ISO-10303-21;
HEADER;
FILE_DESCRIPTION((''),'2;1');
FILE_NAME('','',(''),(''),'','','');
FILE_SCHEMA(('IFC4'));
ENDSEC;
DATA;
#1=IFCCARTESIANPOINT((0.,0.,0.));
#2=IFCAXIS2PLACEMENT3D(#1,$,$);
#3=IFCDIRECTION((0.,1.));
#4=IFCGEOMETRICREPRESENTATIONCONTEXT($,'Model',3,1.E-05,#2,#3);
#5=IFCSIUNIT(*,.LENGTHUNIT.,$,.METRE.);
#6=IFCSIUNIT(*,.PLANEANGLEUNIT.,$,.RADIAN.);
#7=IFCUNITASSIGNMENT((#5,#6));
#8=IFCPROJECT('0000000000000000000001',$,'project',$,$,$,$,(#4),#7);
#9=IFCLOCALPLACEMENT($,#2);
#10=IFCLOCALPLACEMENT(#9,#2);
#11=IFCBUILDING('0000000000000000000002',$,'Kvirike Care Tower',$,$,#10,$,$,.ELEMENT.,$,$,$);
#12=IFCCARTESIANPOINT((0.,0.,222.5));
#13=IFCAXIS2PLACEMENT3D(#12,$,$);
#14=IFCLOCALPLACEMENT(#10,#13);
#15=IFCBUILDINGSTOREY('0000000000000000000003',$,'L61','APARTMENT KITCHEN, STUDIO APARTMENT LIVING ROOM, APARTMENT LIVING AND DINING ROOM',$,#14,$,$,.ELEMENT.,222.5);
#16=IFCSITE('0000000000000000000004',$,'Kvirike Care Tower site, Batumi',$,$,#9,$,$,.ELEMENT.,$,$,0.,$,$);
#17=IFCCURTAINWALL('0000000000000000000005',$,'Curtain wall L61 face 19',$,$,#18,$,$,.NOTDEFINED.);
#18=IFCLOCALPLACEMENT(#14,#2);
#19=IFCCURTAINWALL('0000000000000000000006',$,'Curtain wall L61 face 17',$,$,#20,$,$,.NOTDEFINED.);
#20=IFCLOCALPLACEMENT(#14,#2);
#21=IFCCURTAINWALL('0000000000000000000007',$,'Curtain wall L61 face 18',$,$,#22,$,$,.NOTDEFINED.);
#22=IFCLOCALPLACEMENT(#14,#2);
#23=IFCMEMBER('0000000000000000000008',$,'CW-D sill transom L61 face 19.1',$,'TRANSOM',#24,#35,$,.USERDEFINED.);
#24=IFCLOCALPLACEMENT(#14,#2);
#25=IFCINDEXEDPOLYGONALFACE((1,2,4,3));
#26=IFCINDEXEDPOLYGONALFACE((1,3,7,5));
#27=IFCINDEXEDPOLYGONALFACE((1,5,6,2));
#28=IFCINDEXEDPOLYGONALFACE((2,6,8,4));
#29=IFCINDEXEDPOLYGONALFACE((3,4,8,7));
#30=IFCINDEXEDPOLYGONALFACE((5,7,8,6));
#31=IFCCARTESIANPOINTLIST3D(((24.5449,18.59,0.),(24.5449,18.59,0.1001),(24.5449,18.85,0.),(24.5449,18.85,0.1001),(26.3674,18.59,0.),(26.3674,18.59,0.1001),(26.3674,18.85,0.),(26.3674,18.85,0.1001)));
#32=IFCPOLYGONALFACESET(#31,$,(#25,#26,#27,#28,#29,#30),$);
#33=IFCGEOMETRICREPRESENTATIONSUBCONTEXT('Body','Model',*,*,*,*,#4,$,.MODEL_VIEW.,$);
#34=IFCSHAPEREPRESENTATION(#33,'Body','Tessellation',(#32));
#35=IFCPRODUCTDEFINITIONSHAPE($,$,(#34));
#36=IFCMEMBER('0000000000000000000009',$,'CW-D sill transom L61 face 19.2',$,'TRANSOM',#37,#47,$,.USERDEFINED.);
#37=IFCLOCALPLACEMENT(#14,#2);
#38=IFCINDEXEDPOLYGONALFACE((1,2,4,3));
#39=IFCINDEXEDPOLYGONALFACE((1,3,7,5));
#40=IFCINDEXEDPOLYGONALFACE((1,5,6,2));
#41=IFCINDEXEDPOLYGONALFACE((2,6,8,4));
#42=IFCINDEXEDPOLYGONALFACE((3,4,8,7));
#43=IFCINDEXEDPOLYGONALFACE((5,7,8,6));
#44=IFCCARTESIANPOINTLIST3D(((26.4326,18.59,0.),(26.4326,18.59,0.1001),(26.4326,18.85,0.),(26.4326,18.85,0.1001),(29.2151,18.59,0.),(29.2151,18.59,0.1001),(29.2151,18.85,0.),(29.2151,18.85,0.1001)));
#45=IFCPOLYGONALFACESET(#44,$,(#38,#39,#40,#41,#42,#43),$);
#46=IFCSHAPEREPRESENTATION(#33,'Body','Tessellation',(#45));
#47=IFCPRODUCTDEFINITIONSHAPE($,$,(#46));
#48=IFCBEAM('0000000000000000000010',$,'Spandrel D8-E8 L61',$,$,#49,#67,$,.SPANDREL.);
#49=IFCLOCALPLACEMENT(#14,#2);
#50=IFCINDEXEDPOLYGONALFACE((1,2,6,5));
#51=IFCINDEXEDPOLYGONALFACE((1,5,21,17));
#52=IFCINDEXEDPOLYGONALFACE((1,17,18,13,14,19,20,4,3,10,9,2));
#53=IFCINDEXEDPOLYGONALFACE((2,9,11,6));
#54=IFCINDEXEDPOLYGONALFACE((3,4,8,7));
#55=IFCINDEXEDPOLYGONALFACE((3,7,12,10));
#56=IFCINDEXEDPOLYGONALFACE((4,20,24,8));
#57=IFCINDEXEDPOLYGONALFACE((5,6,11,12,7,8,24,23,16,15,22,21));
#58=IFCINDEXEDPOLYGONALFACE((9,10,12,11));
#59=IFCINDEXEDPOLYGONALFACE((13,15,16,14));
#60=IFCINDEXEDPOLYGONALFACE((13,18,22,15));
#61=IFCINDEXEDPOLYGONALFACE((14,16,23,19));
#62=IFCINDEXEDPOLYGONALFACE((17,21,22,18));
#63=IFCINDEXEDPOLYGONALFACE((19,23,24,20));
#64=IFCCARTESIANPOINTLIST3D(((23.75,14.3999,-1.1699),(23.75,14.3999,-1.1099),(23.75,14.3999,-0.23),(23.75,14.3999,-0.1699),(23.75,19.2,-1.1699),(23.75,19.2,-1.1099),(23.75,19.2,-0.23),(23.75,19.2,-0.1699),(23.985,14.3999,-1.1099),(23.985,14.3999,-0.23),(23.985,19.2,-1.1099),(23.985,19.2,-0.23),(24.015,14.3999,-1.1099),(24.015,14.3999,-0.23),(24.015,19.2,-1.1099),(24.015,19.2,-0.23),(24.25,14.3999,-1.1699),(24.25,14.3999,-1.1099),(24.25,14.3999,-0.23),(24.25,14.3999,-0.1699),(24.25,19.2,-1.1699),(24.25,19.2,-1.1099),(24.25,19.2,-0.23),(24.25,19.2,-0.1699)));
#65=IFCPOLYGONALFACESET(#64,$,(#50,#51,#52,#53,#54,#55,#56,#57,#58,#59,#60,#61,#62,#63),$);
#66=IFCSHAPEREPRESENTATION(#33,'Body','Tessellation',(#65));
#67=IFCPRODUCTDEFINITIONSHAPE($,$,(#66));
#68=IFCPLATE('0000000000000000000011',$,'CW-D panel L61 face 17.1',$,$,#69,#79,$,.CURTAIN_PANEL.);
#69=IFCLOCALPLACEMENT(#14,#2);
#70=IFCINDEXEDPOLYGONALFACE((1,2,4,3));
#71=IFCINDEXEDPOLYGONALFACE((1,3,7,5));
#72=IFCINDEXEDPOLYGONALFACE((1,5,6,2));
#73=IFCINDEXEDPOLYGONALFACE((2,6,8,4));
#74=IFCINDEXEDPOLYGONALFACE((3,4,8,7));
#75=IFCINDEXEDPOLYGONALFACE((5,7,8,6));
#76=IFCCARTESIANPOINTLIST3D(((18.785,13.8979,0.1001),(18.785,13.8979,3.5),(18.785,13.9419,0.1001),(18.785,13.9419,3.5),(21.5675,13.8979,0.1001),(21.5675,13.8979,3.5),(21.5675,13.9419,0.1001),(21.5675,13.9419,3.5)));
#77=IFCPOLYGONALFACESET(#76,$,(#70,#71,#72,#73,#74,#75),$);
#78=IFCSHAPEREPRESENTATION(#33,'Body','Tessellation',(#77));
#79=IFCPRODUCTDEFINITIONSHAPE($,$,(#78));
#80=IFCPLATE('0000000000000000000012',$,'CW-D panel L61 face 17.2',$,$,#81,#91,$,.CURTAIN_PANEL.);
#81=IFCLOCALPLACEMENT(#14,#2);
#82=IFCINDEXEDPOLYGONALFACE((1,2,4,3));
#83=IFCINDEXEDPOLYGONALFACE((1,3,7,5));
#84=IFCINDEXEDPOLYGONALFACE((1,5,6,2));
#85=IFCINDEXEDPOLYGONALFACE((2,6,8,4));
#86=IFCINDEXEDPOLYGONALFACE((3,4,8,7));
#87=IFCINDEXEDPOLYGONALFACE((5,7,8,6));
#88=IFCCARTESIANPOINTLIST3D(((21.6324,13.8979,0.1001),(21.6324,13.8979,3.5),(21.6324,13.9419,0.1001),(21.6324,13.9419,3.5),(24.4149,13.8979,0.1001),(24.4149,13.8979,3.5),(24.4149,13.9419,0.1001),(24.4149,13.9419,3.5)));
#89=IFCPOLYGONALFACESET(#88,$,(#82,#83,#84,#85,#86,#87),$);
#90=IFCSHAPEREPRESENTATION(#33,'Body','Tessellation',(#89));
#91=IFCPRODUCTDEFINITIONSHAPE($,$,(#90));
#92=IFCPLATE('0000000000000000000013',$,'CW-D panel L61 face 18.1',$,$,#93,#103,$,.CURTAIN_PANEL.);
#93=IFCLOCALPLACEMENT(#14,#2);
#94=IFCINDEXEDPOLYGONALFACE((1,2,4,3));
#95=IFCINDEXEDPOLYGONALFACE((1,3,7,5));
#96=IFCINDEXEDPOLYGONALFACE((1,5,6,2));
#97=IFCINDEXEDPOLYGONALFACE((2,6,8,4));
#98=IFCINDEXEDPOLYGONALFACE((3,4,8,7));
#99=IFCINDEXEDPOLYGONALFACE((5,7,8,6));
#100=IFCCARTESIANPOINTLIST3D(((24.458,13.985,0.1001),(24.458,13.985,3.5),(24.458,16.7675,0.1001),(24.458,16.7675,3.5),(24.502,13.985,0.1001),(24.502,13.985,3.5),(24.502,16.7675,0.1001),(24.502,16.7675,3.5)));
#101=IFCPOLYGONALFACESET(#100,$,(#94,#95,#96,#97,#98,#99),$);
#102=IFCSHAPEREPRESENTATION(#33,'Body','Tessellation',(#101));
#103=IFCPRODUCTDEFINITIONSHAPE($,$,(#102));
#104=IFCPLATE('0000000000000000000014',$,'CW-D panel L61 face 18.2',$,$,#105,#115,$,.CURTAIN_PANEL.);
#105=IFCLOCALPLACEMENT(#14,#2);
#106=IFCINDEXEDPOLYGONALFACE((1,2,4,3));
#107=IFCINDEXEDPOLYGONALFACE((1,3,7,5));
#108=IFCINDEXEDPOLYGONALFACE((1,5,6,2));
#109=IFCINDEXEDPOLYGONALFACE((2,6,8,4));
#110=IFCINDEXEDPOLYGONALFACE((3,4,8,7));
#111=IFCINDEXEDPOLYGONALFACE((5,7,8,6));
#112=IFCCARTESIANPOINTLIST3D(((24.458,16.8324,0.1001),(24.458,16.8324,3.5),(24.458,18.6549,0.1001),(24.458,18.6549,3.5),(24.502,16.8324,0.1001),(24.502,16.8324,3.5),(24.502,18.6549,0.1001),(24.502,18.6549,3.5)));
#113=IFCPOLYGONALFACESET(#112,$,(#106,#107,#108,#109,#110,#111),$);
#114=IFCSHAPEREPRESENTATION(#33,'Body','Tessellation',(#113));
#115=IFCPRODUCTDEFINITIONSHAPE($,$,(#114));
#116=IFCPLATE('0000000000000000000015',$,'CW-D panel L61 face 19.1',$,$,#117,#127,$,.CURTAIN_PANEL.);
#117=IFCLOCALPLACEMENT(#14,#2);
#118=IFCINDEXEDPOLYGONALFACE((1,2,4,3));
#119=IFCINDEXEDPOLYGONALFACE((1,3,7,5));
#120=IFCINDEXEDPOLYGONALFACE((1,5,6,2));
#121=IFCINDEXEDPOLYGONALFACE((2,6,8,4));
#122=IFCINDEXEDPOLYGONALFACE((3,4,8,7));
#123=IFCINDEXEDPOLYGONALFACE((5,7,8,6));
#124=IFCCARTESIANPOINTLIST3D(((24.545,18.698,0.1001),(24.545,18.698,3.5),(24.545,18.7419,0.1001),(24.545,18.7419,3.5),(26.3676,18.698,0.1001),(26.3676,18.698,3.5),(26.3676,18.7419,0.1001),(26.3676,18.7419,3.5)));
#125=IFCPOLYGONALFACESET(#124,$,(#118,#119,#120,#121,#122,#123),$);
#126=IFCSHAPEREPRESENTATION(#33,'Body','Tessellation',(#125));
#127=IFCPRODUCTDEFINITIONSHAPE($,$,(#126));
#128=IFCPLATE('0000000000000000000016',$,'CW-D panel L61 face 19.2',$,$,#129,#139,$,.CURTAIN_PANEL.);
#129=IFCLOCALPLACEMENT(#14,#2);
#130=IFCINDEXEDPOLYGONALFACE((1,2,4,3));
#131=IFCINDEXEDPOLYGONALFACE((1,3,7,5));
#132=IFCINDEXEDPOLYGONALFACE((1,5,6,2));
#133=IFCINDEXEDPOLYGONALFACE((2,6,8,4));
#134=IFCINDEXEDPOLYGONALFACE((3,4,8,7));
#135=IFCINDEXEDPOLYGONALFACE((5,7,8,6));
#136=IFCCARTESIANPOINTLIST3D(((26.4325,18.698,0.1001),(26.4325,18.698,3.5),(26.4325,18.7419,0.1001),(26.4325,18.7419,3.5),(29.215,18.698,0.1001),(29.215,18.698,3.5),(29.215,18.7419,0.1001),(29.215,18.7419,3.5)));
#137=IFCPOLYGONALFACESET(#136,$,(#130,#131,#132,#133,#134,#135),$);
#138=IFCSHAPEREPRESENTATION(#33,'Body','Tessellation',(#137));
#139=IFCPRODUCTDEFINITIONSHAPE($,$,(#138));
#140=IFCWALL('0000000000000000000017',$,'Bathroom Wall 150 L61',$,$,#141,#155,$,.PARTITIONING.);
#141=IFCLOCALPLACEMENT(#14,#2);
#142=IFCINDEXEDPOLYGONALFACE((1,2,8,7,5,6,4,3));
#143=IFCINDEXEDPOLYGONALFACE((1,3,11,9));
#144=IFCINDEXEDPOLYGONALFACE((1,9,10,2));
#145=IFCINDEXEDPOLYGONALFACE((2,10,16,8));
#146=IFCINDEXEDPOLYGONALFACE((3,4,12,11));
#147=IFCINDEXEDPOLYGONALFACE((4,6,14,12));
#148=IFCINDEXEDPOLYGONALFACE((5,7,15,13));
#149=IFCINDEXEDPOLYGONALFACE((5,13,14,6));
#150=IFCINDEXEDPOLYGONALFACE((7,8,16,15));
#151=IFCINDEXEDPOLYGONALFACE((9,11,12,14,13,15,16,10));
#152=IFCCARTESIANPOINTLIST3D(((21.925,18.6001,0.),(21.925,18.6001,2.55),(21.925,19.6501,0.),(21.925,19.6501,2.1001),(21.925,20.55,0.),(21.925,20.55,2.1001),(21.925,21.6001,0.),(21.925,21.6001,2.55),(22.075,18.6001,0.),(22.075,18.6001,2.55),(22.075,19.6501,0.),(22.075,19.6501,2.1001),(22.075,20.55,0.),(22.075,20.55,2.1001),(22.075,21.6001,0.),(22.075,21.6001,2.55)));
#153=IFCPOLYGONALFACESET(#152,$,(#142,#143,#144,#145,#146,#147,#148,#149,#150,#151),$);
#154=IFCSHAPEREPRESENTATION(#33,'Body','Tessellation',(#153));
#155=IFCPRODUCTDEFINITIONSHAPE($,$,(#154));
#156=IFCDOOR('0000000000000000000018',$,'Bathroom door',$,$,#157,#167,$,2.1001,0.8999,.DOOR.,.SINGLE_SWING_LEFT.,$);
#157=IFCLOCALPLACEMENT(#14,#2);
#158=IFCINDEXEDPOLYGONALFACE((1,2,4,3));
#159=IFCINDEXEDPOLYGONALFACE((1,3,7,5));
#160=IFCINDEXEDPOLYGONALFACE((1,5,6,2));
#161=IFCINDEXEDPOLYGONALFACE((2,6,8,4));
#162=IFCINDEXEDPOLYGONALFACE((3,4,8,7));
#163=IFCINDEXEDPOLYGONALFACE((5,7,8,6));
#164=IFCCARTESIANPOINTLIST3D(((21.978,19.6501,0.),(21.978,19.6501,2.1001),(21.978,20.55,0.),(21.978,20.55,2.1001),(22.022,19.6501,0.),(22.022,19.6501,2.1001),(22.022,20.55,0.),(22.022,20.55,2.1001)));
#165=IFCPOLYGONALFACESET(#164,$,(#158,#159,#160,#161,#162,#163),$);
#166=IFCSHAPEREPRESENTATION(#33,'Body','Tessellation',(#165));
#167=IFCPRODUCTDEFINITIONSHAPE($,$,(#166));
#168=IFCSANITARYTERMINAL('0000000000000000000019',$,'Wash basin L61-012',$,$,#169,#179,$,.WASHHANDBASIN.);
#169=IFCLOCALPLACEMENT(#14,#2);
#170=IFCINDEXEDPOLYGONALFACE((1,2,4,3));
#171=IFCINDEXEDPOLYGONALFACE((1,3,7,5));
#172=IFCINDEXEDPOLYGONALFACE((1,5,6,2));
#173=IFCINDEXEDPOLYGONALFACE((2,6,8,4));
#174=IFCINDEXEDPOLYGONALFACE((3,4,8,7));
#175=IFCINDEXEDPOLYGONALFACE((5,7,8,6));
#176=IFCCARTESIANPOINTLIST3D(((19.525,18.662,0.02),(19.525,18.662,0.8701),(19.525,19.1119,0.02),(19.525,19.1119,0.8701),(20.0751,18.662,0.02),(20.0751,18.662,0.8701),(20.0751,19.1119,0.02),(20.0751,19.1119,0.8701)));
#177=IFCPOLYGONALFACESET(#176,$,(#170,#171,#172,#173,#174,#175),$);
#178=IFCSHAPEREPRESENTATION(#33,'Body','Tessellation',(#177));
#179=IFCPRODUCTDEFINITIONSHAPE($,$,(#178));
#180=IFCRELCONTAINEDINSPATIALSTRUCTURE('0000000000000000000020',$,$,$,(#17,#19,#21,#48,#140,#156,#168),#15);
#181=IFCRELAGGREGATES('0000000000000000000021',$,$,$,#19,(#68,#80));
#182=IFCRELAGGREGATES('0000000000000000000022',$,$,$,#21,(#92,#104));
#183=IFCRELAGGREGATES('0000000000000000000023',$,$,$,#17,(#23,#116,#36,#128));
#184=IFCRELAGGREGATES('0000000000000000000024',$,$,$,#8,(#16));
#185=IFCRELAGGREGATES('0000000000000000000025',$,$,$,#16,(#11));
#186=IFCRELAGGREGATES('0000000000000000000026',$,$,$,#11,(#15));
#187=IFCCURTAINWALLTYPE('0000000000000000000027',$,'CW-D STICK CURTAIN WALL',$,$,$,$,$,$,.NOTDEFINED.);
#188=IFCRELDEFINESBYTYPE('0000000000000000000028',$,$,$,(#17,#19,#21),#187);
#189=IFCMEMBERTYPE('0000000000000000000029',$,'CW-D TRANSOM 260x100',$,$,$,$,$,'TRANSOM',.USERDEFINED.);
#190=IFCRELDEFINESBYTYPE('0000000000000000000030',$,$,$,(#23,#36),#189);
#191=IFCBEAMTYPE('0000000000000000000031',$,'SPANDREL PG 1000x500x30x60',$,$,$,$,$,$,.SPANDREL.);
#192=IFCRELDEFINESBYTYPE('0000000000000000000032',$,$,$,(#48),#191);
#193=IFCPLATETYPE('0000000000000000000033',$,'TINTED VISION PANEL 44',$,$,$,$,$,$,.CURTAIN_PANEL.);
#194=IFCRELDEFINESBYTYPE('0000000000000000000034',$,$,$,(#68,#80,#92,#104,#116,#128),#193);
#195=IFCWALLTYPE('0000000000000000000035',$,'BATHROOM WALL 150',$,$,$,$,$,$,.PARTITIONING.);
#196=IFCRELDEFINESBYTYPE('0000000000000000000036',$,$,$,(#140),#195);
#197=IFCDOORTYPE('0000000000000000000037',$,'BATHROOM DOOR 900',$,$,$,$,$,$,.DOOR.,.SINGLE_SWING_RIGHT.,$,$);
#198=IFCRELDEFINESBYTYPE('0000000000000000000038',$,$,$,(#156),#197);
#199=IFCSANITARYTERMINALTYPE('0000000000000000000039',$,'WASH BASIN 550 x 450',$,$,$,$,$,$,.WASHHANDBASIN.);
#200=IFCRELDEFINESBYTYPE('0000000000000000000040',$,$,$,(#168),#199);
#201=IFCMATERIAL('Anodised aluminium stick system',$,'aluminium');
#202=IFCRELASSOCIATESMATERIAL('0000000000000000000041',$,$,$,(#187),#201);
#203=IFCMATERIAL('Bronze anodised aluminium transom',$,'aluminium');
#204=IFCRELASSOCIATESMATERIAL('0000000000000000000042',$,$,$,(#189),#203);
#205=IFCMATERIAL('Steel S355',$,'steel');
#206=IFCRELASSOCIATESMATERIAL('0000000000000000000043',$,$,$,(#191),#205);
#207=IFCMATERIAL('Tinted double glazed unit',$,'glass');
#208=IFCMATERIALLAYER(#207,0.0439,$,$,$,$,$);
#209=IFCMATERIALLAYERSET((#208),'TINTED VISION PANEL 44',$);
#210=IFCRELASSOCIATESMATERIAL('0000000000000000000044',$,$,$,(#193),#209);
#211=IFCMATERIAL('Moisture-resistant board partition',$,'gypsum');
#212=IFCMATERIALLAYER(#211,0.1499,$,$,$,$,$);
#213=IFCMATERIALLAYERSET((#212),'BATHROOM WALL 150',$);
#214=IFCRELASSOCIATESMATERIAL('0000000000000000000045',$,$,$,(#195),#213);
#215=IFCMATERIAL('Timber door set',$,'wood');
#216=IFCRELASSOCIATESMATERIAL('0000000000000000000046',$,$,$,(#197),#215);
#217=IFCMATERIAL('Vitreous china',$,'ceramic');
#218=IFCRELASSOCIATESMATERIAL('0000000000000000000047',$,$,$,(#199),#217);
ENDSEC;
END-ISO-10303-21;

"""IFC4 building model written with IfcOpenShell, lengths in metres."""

from ifc_helpers import new_model, si_unit, direction, frame, frame_2d, origin, origin_2d, place, context, subcontext, project, spatial, rectangle, i_section, extrude, material, layer, layer_set, material_profile, profile_set, type_object, element, fill, aggregate, save


model = new_model("IFC4")

# Units and contexts
model_context = context("Model", 3, precision=1e-05, world=origin(), true_north=direction((0.0, 1.0)))
body_context = subcontext(model_context, "Body", "Model", "MODEL_VIEW")
ifc_project = project(units=[si_unit("LENGTHUNIT", "METRE"), si_unit("PLANEANGLEUNIT", "RADIAN")], contexts=[model_context])

# Site, building, storey
site_placement = place(None, origin())
site = spatial("IfcSite", under=ifc_project, at=site_placement, Name="Kvirike Care Tower site, Batumi", CompositionType="ELEMENT", RefElevation=0.0)
building_placement = place(site_placement, origin())
building = spatial("IfcBuilding", under=site, at=building_placement, Name="Kvirike Care Tower", CompositionType="ELEMENT")
storey_placement = place(building_placement, frame((0.0, 0.0, 222.5)))
storey = spatial("IfcBuildingStorey", under=building, at=storey_placement, Name="L61", Description="APARTMENT KITCHEN, STUDIO APARTMENT LIVING ROOM, APARTMENT LIVING AND DINING ROOM", CompositionType="ELEMENT", Elevation=222.5)

# Curtain wall
ifc_material_1 = material(Name="Anodised aluminium stick system", Category="aluminium")
curtain_wall_type = type_object("IfcCurtainWallType", Name="CW-D STICK CURTAIN WALL", PredefinedType="NOTDEFINED", material=ifc_material_1)
curtain_wall_1_placement = place(storey_placement, origin())
curtain_wall_1 = element("IfcCurtainWall", 1, at=curtain_wall_1_placement, inside=storey, type_object=curtain_wall_type, Name="Curtain wall L61 face 19", PredefinedType="NOTDEFINED")

# Curtain walls
curtain_wall_2_placement = place(storey_placement, origin())
curtain_wall_2 = element("IfcCurtainWall", 2, at=curtain_wall_2_placement, inside=storey, type_object=curtain_wall_type, Name="Curtain wall L61 face 17", PredefinedType="NOTDEFINED")
curtain_wall_3_placement = place(storey_placement, origin())
curtain_wall_3 = element("IfcCurtainWall", 3, at=curtain_wall_3_placement, inside=storey, type_object=curtain_wall_type, Name="Curtain wall L61 face 18", PredefinedType="NOTDEFINED")

# Members
ifc_material_2 = material(Name="Bronze anodised aluminium transom", Category="aluminium")
ifc_material_profile_1 = material_profile(ifc_material_2, rectangle(XDim=0.26, YDim=0.1001, at=origin_2d()), Name="CW-D TRANSOM 260x100")
ifc_profile_set_1 = profile_set([ifc_material_profile_1], Name="Bronze anodised aluminium transom")
member_type_1 = type_object("IfcMemberType", Name="CW-D TRANSOM 260x100", ElementType="TRANSOM", PredefinedType="USERDEFINED", material=ifc_profile_set_1)
member_1_placement = place(storey_placement, frame((24.5449, 18.72, 0.05), z_axis=(1.0, 0.0, 0.0), x_axis=(0.0, 1.0, 0.0)))
member_1 = element("IfcMember", 4, at=member_1_placement, type_object=member_type_1, Name="CW-D sill transom L61 face 19.1", ObjectType="TRANSOM", PredefinedType="USERDEFINED", context=body_context, shape_type="SweptSolid", body=[
    extrude(rectangle(XDim=0.26, YDim=0.1001, at=origin_2d()), origin(), (0.0, 0.0, 1.0), 1.8225),
])
member_2_placement = place(storey_placement, frame((26.4326, 18.72, 0.05), z_axis=(1.0, 0.0, 0.0), x_axis=(0.0, 1.0, 0.0)))
member_2 = element("IfcMember", 5, at=member_2_placement, type_object=member_type_1, Name="CW-D sill transom L61 face 19.2", ObjectType="TRANSOM", PredefinedType="USERDEFINED", context=body_context, shape_type="SweptSolid", body=[
    extrude(rectangle(XDim=0.26, YDim=0.1001, at=origin_2d()), origin(), (0.0, 0.0, 1.0), 2.7825),
])

# Beam
ifc_material_3 = material(Name="Steel S355", Category="steel")
ifc_material_profile_2 = material_profile(ifc_material_3, i_section(OverallWidth=0.5, OverallDepth=1.0, WebThickness=0.03, FlangeThickness=0.0601, at=origin_2d()), Name="PG 1000x500x30x60")
ifc_profile_set_2 = profile_set([ifc_material_profile_2], Name="Steel S355")
beam_type = type_object("IfcBeamType", Name="SPANDREL PG 1000x500x30x60", PredefinedType="SPANDREL", material=ifc_profile_set_2)
beam_placement = place(storey_placement, frame((24.0, 14.3999, -0.6699), z_axis=(0.0, 1.0, 0.0), x_axis=(-1.0, 0.0, 0.0)))
element("IfcBeam", 6, at=beam_placement, inside=storey, type_object=beam_type, Name="Spandrel D8-E8 L61", PredefinedType="SPANDREL", context=body_context, shape_type="SweptSolid", body=[
    extrude(i_section(OverallWidth=0.5, OverallDepth=1.0, WebThickness=0.03, FlangeThickness=0.0601, at=origin_2d()), origin(), (0.0, 0.0, 1.0), 4.8),
])

# Plates
ifc_material_4 = material(Name="Tinted double glazed unit", Category="glass")
ifc_layer_1 = layer(ifc_material_4, 0.0439)
ifc_layer_set_1 = layer_set([ifc_layer_1], Name="TINTED VISION PANEL 44")
plate_type = type_object("IfcPlateType", Name="TINTED VISION PANEL 44", PredefinedType="CURTAIN_PANEL", material=ifc_layer_set_1)
plate_1_placement = place(storey_placement, frame((20.1763, 13.9199, 0.1001), z_axis=(0.0, 0.0, 1.0), x_axis=(1.0, 0.0, 0.0)))
plate_1 = element("IfcPlate", 7, at=plate_1_placement, type_object=plate_type, Name="CW-D panel L61 face 17.1", PredefinedType="CURTAIN_PANEL", context=body_context, shape_type="SweptSolid", body=[
    extrude(rectangle(XDim=2.7825, YDim=0.0439, at=origin_2d()), origin(), (0.0, 0.0, 1.0), 3.3999),
])
plate_2_placement = place(storey_placement, frame((23.0237, 13.9199, 0.1001), z_axis=(0.0, 0.0, 1.0), x_axis=(1.0, 0.0, 0.0)))
plate_2 = element("IfcPlate", 8, at=plate_2_placement, type_object=plate_type, Name="CW-D panel L61 face 17.2", PredefinedType="CURTAIN_PANEL", context=body_context, shape_type="SweptSolid", body=[
    extrude(rectangle(XDim=2.7825, YDim=0.0439, at=origin_2d()), origin(), (0.0, 0.0, 1.0), 3.3999),
])
aggregate(curtain_wall_2, [plate_1, plate_2])
plate_3_placement = place(storey_placement, frame((24.48, 15.3762, 0.1001), z_axis=(0.0, 0.0, 1.0), x_axis=(0.0, 1.0, 0.0)))
plate_3 = element("IfcPlate", 9, at=plate_3_placement, type_object=plate_type, Name="CW-D panel L61 face 18.1", PredefinedType="CURTAIN_PANEL", context=body_context, shape_type="SweptSolid", body=[
    extrude(rectangle(XDim=2.7825, YDim=0.0439, at=origin_2d()), origin(), (0.0, 0.0, 1.0), 3.3999),
])
plate_4_placement = place(storey_placement, frame((24.48, 17.7437, 0.1001), z_axis=(0.0, 0.0, 1.0), x_axis=(0.0, 1.0, 0.0)))
plate_4 = element("IfcPlate", 10, at=plate_4_placement, type_object=plate_type, Name="CW-D panel L61 face 18.2", PredefinedType="CURTAIN_PANEL", context=body_context, shape_type="SweptSolid", body=[
    extrude(rectangle(XDim=1.8225, YDim=0.0439, at=origin_2d()), origin(), (0.0, 0.0, 1.0), 3.3999),
])
aggregate(curtain_wall_3, [plate_3, plate_4])
plate_5_placement = place(storey_placement, frame((25.4563, 18.72, 0.1001), z_axis=(0.0, 0.0, 1.0), x_axis=(1.0, 0.0, 0.0)))
plate_5 = element("IfcPlate", 11, at=plate_5_placement, type_object=plate_type, Name="CW-D panel L61 face 19.1", PredefinedType="CURTAIN_PANEL", context=body_context, shape_type="SweptSolid", body=[
    extrude(rectangle(XDim=1.8225, YDim=0.0439, at=origin_2d()), origin(), (0.0, 0.0, 1.0), 3.3999),
])
plate_6_placement = place(storey_placement, frame((27.8237, 18.72, 0.1001), z_axis=(0.0, 0.0, 1.0), x_axis=(1.0, 0.0, 0.0)))
plate_6 = element("IfcPlate", 12, at=plate_6_placement, type_object=plate_type, Name="CW-D panel L61 face 19.2", PredefinedType="CURTAIN_PANEL", context=body_context, shape_type="SweptSolid", body=[
    extrude(rectangle(XDim=2.7825, YDim=0.0439, at=origin_2d()), origin(), (0.0, 0.0, 1.0), 3.3999),
])
aggregate(curtain_wall_1, [member_1, plate_5, member_2, plate_6])

# Wall, opening, door
ifc_material_5 = material(Name="Moisture-resistant board partition", Category="gypsum")
ifc_layer_2 = layer(ifc_material_5, 0.1499)
ifc_layer_set_2 = layer_set([ifc_layer_2], Name="BATHROOM WALL 150")
wall_type = type_object("IfcWallType", Name="BATHROOM WALL 150", PredefinedType="PARTITIONING", material=ifc_layer_set_2)
wall_placement = place(storey_placement, frame((22.0, 18.6001, 0.0), z_axis=(0.0, 0.0, 1.0), x_axis=(0.0, 1.0, 0.0)))
wall = element("IfcWall", 13, at=wall_placement, inside=storey, type_object=wall_type, Name="Bathroom Wall 150 L61", PredefinedType="PARTITIONING", context=body_context, shape_type="SweptSolid", body=[
    extrude(rectangle(XDim=3.0, YDim=0.1499, at=frame_2d((1.5, 0.0))), origin(), (0.0, 0.0, 1.0), 2.55),
])
opening_placement = place(wall_placement, frame((1.05, 0.0, 0.0)))
opening = element("IfcOpeningElement", 14, at=opening_placement, cuts=wall, PredefinedType="OPENING", context=body_context, shape_type="SweptSolid", body=[
    extrude(rectangle(XDim=0.8999, YDim=2.1001, at=frame_2d((0.45, 1.05))), frame((0.0, 0.0854, 0.0), z_axis=(0.0, -1.0, 0.0), x_axis=(1.0, 0.0, 0.0)), (0.0, 0.0, 1.0), 0.1709),
])
ifc_material_6 = material(Name="Timber door set", Category="wood")
door_type = type_object("IfcDoorType", Name="BATHROOM DOOR 900", OperationType="SINGLE_SWING_RIGHT", PredefinedType="DOOR", material=ifc_material_6)
door_placement = place(opening_placement, origin())
door = element("IfcDoor", 15, at=door_placement, inside=storey, type_object=door_type, Name="Bathroom door", OperationType="SINGLE_SWING_LEFT", OverallHeight=2.1001, OverallWidth=0.8999, PredefinedType="DOOR", context=body_context, shape_type="SweptSolid", body=[
    extrude(rectangle(XDim=0.8999, YDim=2.1001, at=frame_2d((0.45, 1.05))), frame((0.0, 0.022, 0.0), z_axis=(0.0, -1.0, 0.0), x_axis=(1.0, 0.0, 0.0)), (0.0, 0.0, 1.0), 0.0439),
])
fill(opening, door)

# Sanitary terminal
ifc_material_7 = material(Name="Vitreous china", Category="ceramic")
sanitary_terminal_type = type_object("IfcSanitaryTerminalType", Name="WASH BASIN 550 x 450", PredefinedType="WASHHANDBASIN", material=ifc_material_7)
sanitary_terminal_placement = place(storey_placement, frame((19.8, 18.887, 0.02), z_axis=(0.0, 0.0, 1.0), x_axis=(-1.0, 0.0, 0.0)))
element("IfcSanitaryTerminal", 16, at=sanitary_terminal_placement, inside=storey, type_object=sanitary_terminal_type, Name="Wash basin L61-012", PredefinedType="WASHHANDBASIN", context=body_context, shape_type="SweptSolid", body=[
    extrude(rectangle(XDim=0.55, YDim=0.45, at=origin_2d()), origin(), (0.0, 0.0, 1.0), 0.8501),
])

save(model, "model.ifc")
